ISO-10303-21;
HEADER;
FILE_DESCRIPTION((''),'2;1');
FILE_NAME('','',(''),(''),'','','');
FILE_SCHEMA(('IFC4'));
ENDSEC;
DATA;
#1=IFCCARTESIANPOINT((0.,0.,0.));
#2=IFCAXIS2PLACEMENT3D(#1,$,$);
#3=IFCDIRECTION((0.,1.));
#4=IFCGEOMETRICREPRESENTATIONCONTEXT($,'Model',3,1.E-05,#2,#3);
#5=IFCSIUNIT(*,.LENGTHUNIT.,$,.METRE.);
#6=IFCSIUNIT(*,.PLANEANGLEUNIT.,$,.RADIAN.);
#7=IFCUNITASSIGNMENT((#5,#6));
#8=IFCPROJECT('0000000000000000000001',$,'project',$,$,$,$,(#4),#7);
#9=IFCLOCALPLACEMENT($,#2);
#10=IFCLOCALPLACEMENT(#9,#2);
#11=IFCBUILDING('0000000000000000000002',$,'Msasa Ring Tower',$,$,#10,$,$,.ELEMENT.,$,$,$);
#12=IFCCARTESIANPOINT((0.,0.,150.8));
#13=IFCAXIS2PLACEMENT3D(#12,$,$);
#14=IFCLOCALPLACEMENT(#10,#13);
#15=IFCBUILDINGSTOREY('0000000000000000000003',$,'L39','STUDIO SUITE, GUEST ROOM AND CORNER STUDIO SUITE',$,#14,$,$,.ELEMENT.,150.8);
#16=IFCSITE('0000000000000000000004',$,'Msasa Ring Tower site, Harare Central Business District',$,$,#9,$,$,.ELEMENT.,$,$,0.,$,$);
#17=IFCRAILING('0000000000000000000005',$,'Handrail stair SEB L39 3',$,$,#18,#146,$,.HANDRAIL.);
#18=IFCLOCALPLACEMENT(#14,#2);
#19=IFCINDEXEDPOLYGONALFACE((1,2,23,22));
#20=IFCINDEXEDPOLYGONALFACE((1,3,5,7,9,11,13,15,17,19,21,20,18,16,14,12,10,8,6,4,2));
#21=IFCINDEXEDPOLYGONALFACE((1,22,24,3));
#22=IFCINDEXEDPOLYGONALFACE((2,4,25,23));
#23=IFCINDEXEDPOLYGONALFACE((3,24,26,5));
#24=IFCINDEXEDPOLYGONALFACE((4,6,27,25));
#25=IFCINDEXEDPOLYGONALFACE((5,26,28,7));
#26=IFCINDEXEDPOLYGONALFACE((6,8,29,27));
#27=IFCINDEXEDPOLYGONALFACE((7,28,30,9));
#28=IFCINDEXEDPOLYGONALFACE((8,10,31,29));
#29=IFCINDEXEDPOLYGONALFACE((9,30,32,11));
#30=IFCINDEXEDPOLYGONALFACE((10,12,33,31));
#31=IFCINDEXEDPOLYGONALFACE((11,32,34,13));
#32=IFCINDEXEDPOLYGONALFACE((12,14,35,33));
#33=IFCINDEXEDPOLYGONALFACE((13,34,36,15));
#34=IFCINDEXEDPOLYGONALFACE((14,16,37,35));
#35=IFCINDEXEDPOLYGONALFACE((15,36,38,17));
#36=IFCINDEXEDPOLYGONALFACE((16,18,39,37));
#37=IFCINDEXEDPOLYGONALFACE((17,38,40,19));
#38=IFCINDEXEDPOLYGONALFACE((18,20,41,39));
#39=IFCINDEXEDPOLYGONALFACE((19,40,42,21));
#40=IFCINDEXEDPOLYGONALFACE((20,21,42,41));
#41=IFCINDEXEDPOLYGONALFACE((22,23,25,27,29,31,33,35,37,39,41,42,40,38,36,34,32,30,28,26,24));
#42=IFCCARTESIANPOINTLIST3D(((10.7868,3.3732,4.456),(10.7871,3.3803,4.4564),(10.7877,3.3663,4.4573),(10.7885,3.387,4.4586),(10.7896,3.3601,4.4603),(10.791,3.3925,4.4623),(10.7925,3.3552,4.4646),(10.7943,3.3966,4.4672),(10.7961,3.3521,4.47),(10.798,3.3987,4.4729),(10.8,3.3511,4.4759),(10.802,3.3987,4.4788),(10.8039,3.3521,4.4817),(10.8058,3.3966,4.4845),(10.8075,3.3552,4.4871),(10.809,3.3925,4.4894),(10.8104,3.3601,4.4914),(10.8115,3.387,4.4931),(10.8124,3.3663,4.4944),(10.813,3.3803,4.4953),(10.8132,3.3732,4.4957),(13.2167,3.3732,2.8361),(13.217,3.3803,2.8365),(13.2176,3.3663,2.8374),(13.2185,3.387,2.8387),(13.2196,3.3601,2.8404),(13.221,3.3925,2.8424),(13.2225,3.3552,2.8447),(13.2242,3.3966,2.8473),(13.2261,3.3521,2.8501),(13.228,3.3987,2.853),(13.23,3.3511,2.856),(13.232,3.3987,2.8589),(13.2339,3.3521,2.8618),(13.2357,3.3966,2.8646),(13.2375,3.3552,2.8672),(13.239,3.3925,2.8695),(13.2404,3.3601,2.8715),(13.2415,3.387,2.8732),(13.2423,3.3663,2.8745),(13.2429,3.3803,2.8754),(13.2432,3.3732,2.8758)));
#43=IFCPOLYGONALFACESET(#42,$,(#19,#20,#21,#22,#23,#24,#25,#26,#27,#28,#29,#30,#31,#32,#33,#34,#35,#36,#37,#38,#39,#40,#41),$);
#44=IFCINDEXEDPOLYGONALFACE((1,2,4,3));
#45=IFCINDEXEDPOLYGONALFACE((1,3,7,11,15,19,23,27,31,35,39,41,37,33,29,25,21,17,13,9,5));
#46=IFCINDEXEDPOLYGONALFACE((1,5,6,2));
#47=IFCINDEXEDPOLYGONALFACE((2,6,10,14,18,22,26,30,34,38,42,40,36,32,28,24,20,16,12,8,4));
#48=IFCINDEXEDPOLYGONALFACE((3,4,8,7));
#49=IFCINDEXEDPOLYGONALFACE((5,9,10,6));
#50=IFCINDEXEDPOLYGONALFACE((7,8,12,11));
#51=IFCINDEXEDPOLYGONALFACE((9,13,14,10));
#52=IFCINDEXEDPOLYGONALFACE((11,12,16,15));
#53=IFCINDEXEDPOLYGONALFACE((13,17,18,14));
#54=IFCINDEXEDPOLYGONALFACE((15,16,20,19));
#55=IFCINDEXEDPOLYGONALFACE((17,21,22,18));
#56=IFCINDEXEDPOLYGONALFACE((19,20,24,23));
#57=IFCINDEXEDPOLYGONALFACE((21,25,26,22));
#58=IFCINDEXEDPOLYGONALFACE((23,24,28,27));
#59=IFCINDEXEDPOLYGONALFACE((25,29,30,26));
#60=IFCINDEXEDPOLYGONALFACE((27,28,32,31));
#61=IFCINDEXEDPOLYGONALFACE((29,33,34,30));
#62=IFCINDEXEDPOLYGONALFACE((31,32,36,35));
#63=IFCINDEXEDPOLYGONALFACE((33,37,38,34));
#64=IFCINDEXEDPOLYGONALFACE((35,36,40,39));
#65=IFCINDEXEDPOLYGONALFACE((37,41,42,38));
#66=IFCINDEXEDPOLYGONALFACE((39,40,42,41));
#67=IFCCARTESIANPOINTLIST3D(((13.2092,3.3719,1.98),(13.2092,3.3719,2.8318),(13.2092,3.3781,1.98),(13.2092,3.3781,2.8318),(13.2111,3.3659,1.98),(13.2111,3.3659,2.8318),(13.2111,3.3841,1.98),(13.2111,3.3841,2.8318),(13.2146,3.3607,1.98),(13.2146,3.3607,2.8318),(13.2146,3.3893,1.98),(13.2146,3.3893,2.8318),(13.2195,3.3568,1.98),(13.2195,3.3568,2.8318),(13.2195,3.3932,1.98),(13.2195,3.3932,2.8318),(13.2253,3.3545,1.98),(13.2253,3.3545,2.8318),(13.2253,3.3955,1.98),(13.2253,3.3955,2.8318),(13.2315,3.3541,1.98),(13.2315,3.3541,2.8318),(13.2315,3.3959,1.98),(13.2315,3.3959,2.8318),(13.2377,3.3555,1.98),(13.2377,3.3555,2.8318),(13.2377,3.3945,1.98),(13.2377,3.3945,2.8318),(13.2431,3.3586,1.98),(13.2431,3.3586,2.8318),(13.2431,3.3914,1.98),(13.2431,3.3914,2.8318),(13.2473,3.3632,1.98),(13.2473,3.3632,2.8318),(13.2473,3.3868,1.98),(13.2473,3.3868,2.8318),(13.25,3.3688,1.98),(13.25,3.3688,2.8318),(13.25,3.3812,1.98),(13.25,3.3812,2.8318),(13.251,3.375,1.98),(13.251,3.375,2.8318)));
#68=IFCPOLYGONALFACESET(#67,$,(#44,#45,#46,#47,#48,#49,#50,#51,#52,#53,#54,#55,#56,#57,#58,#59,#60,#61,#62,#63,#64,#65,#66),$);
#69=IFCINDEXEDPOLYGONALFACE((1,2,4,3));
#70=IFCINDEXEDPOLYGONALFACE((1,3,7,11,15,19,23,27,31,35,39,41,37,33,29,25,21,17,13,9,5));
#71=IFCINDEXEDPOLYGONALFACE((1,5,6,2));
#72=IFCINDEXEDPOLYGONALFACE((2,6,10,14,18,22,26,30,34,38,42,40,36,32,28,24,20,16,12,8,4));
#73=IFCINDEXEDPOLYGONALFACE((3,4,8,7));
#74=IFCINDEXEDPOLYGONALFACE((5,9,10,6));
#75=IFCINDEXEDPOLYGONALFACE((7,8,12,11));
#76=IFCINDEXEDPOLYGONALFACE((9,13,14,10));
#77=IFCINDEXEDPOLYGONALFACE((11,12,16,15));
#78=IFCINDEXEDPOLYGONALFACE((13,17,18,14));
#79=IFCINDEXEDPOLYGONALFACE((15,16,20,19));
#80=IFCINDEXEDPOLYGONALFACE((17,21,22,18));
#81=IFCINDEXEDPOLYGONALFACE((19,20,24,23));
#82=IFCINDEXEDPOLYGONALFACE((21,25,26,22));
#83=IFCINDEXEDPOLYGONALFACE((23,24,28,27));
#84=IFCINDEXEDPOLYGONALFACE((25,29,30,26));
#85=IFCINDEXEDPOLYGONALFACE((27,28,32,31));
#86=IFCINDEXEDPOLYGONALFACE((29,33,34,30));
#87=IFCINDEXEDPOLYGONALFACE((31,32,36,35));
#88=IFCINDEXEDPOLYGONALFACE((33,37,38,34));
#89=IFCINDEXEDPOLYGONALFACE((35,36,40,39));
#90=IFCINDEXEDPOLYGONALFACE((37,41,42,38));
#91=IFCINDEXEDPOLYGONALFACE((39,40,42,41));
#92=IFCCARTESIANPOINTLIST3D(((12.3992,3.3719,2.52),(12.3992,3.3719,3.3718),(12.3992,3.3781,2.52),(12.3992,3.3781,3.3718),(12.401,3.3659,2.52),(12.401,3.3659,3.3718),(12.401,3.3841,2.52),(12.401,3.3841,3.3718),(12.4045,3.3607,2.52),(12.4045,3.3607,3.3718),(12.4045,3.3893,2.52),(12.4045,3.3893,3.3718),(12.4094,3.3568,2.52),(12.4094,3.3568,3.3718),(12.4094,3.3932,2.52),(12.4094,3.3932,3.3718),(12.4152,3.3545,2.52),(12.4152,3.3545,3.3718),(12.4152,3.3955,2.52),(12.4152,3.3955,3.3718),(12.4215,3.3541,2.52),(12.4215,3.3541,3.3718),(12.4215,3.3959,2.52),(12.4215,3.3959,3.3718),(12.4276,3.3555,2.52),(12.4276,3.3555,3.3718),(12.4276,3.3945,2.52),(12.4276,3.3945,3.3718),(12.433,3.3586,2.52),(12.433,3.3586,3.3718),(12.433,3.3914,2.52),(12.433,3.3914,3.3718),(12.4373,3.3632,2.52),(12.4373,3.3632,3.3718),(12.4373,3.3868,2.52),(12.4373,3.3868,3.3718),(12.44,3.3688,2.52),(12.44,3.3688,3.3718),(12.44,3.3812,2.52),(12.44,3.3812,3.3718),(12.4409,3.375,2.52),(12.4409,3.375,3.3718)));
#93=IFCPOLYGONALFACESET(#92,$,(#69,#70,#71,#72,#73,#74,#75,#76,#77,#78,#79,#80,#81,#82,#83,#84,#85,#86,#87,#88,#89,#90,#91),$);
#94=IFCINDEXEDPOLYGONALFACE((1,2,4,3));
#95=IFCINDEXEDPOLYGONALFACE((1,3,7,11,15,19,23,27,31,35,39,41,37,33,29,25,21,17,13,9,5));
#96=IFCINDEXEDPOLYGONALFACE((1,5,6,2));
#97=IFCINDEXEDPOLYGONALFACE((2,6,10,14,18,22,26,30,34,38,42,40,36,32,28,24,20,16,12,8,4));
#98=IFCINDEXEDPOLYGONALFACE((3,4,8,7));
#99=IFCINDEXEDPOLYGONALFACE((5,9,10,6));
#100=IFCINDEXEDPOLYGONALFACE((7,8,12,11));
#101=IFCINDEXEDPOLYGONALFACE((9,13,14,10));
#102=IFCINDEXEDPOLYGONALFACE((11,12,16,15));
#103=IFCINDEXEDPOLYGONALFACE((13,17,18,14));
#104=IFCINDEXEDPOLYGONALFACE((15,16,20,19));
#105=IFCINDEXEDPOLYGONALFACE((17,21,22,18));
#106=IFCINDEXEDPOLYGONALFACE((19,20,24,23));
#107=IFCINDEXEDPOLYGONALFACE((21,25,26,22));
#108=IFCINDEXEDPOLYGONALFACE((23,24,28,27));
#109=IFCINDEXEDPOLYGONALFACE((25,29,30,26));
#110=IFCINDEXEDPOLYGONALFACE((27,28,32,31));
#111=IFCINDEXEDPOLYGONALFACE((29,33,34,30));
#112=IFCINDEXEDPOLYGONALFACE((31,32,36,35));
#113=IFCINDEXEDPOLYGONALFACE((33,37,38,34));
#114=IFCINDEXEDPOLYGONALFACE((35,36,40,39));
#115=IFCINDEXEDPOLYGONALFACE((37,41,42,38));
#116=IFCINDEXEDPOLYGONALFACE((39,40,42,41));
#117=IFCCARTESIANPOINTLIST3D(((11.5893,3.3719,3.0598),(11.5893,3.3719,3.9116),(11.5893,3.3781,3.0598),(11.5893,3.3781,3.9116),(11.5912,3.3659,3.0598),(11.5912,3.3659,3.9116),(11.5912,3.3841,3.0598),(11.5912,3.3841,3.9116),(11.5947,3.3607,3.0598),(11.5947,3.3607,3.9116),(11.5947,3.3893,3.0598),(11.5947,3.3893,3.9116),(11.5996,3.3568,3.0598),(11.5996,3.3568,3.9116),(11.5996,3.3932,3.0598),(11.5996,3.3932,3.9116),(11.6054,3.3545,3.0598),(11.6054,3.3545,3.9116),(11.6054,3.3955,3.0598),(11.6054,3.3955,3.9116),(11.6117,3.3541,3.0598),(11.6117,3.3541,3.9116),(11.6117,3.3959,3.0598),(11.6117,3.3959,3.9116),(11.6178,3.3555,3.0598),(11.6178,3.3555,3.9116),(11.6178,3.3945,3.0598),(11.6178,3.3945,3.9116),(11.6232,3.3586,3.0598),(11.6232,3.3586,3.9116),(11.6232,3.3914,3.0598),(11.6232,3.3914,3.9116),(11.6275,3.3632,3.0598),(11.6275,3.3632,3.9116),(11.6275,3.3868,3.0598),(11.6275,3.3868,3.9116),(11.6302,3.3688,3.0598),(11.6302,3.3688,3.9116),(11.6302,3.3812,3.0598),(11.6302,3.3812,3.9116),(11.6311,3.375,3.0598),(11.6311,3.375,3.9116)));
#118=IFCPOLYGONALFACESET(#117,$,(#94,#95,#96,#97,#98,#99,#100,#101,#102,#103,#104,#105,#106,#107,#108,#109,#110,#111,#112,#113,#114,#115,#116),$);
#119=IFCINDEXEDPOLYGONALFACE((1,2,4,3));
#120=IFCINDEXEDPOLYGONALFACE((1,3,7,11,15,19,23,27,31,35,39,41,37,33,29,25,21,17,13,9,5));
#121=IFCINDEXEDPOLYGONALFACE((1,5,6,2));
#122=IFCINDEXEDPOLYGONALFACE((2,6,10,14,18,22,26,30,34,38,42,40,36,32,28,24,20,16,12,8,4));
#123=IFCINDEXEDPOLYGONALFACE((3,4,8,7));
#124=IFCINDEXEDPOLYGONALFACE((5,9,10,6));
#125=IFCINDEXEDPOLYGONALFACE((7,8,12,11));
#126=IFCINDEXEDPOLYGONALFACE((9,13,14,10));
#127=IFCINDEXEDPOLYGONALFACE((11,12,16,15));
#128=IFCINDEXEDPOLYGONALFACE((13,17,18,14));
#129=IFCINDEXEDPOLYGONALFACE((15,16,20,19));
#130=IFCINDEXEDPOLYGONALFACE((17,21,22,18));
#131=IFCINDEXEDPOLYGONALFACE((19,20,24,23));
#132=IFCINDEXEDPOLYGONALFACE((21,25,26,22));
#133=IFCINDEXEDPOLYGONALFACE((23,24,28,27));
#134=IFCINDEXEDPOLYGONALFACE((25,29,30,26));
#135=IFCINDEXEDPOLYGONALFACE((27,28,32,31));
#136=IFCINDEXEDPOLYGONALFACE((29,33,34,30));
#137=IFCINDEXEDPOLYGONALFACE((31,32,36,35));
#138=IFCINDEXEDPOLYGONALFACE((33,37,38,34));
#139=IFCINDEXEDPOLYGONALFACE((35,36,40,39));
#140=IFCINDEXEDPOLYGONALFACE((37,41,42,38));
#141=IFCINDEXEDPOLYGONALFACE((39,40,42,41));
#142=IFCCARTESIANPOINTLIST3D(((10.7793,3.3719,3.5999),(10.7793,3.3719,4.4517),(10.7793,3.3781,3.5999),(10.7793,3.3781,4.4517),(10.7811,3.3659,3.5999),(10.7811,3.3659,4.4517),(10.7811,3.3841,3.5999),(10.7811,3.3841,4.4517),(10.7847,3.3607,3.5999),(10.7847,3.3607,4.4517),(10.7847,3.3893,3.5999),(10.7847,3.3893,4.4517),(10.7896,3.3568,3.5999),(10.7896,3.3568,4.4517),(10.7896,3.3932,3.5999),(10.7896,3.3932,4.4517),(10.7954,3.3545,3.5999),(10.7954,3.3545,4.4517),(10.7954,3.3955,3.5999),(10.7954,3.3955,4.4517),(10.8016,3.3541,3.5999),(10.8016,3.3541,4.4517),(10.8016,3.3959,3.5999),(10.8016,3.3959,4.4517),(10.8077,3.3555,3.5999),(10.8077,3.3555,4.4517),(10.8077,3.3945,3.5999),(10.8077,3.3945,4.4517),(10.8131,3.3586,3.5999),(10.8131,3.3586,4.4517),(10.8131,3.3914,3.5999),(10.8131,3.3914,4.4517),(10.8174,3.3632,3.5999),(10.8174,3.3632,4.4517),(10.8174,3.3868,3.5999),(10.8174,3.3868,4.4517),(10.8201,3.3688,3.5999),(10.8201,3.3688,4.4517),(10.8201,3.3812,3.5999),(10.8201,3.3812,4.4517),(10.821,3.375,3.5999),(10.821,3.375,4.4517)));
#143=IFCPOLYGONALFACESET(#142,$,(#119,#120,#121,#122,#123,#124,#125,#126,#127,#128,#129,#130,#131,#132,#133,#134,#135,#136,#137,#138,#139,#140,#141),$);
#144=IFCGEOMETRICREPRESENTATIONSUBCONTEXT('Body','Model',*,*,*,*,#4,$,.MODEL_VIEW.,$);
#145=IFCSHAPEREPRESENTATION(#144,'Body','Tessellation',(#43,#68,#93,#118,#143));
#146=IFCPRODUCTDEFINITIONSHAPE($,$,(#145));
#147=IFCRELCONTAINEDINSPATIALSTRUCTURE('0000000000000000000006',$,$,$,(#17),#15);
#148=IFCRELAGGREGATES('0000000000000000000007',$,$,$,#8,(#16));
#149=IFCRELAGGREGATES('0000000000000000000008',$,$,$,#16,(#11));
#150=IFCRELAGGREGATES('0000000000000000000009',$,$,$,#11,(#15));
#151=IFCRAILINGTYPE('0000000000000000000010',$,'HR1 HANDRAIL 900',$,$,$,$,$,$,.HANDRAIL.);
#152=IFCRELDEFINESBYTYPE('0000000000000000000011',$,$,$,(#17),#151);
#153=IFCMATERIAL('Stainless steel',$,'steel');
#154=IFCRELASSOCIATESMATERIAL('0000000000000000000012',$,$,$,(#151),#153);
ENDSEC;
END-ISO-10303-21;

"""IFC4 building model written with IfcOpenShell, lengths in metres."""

from ifc_helpers import new_model, si_unit, direction, frame, origin, origin_2d, place, context, subcontext, project, spatial, circle, extrude, material, type_object, element, save


model = new_model("IFC4")

# Units and contexts
model_context = context("Model", 3, precision=1e-05, world=origin(), true_north=direction((0.0, 1.0)))
body_context = subcontext(model_context, "Body", "Model", "MODEL_VIEW")
ifc_project = project(units=[si_unit("LENGTHUNIT", "METRE"), si_unit("PLANEANGLEUNIT", "RADIAN")], contexts=[model_context])

# Site, building, storey
site_placement = place(None, origin())
site = spatial("IfcSite", under=ifc_project, at=site_placement, Name="Msasa Ring Tower site, Harare Central Business District", CompositionType="ELEMENT", RefElevation=0.0)
building_placement = place(site_placement, origin())
building = spatial("IfcBuilding", under=site, at=building_placement, Name="Msasa Ring Tower", CompositionType="ELEMENT")
storey_placement = place(building_placement, frame((0.0, 0.0, 150.8)))
storey = spatial("IfcBuildingStorey", under=building, at=storey_placement, Name="L39", Description="STUDIO SUITE, GUEST ROOM AND CORNER STUDIO SUITE", CompositionType="ELEMENT", Elevation=150.8)

# Railing
ifc_material_1 = material(Name="Stainless steel", Category="steel")
railing_type = type_object("IfcRailingType", Name="HR1 HANDRAIL 900", PredefinedType="HANDRAIL", material=ifc_material_1)
for number, where, name in (
    (1, (13.23, 3.375, 1.98), "Handrail stair SEB L39 3"),
):
    element("IfcRailing", number, at=place(storey_placement, frame(where)), inside=storey, type_object=railing_type, Name=name, PredefinedType="HANDRAIL", context=body_context, shape_type="SweptSolid", body=[
        extrude(circle(Radius=0.0239, at=origin_2d()), frame((0.0, 0.0, 0.876), z_axis=(-0.832063, 0.0, 0.554681), x_axis=(0.0, -1.0, 0.0)), (0.0, 0.0, 1.0), 2.9204),
        extrude(circle(Radius=0.021, at=origin_2d()), origin(), (0.0, 0.0, 1.0), 0.8518),
        extrude(circle(Radius=0.021, at=origin_2d()), frame((-0.8101, 0.0, 0.54)), (0.0, 0.0, 1.0), 0.8518),
        extrude(circle(Radius=0.021, at=origin_2d()), frame((-1.6199, 0.0, 1.0798)), (0.0, 0.0, 1.0), 0.8518),
        extrude(circle(Radius=0.021, at=origin_2d()), frame((-2.4299, 0.0, 1.6199)), (0.0, 0.0, 1.0), 0.8518),
    ])

save(model, "model.ifc")
